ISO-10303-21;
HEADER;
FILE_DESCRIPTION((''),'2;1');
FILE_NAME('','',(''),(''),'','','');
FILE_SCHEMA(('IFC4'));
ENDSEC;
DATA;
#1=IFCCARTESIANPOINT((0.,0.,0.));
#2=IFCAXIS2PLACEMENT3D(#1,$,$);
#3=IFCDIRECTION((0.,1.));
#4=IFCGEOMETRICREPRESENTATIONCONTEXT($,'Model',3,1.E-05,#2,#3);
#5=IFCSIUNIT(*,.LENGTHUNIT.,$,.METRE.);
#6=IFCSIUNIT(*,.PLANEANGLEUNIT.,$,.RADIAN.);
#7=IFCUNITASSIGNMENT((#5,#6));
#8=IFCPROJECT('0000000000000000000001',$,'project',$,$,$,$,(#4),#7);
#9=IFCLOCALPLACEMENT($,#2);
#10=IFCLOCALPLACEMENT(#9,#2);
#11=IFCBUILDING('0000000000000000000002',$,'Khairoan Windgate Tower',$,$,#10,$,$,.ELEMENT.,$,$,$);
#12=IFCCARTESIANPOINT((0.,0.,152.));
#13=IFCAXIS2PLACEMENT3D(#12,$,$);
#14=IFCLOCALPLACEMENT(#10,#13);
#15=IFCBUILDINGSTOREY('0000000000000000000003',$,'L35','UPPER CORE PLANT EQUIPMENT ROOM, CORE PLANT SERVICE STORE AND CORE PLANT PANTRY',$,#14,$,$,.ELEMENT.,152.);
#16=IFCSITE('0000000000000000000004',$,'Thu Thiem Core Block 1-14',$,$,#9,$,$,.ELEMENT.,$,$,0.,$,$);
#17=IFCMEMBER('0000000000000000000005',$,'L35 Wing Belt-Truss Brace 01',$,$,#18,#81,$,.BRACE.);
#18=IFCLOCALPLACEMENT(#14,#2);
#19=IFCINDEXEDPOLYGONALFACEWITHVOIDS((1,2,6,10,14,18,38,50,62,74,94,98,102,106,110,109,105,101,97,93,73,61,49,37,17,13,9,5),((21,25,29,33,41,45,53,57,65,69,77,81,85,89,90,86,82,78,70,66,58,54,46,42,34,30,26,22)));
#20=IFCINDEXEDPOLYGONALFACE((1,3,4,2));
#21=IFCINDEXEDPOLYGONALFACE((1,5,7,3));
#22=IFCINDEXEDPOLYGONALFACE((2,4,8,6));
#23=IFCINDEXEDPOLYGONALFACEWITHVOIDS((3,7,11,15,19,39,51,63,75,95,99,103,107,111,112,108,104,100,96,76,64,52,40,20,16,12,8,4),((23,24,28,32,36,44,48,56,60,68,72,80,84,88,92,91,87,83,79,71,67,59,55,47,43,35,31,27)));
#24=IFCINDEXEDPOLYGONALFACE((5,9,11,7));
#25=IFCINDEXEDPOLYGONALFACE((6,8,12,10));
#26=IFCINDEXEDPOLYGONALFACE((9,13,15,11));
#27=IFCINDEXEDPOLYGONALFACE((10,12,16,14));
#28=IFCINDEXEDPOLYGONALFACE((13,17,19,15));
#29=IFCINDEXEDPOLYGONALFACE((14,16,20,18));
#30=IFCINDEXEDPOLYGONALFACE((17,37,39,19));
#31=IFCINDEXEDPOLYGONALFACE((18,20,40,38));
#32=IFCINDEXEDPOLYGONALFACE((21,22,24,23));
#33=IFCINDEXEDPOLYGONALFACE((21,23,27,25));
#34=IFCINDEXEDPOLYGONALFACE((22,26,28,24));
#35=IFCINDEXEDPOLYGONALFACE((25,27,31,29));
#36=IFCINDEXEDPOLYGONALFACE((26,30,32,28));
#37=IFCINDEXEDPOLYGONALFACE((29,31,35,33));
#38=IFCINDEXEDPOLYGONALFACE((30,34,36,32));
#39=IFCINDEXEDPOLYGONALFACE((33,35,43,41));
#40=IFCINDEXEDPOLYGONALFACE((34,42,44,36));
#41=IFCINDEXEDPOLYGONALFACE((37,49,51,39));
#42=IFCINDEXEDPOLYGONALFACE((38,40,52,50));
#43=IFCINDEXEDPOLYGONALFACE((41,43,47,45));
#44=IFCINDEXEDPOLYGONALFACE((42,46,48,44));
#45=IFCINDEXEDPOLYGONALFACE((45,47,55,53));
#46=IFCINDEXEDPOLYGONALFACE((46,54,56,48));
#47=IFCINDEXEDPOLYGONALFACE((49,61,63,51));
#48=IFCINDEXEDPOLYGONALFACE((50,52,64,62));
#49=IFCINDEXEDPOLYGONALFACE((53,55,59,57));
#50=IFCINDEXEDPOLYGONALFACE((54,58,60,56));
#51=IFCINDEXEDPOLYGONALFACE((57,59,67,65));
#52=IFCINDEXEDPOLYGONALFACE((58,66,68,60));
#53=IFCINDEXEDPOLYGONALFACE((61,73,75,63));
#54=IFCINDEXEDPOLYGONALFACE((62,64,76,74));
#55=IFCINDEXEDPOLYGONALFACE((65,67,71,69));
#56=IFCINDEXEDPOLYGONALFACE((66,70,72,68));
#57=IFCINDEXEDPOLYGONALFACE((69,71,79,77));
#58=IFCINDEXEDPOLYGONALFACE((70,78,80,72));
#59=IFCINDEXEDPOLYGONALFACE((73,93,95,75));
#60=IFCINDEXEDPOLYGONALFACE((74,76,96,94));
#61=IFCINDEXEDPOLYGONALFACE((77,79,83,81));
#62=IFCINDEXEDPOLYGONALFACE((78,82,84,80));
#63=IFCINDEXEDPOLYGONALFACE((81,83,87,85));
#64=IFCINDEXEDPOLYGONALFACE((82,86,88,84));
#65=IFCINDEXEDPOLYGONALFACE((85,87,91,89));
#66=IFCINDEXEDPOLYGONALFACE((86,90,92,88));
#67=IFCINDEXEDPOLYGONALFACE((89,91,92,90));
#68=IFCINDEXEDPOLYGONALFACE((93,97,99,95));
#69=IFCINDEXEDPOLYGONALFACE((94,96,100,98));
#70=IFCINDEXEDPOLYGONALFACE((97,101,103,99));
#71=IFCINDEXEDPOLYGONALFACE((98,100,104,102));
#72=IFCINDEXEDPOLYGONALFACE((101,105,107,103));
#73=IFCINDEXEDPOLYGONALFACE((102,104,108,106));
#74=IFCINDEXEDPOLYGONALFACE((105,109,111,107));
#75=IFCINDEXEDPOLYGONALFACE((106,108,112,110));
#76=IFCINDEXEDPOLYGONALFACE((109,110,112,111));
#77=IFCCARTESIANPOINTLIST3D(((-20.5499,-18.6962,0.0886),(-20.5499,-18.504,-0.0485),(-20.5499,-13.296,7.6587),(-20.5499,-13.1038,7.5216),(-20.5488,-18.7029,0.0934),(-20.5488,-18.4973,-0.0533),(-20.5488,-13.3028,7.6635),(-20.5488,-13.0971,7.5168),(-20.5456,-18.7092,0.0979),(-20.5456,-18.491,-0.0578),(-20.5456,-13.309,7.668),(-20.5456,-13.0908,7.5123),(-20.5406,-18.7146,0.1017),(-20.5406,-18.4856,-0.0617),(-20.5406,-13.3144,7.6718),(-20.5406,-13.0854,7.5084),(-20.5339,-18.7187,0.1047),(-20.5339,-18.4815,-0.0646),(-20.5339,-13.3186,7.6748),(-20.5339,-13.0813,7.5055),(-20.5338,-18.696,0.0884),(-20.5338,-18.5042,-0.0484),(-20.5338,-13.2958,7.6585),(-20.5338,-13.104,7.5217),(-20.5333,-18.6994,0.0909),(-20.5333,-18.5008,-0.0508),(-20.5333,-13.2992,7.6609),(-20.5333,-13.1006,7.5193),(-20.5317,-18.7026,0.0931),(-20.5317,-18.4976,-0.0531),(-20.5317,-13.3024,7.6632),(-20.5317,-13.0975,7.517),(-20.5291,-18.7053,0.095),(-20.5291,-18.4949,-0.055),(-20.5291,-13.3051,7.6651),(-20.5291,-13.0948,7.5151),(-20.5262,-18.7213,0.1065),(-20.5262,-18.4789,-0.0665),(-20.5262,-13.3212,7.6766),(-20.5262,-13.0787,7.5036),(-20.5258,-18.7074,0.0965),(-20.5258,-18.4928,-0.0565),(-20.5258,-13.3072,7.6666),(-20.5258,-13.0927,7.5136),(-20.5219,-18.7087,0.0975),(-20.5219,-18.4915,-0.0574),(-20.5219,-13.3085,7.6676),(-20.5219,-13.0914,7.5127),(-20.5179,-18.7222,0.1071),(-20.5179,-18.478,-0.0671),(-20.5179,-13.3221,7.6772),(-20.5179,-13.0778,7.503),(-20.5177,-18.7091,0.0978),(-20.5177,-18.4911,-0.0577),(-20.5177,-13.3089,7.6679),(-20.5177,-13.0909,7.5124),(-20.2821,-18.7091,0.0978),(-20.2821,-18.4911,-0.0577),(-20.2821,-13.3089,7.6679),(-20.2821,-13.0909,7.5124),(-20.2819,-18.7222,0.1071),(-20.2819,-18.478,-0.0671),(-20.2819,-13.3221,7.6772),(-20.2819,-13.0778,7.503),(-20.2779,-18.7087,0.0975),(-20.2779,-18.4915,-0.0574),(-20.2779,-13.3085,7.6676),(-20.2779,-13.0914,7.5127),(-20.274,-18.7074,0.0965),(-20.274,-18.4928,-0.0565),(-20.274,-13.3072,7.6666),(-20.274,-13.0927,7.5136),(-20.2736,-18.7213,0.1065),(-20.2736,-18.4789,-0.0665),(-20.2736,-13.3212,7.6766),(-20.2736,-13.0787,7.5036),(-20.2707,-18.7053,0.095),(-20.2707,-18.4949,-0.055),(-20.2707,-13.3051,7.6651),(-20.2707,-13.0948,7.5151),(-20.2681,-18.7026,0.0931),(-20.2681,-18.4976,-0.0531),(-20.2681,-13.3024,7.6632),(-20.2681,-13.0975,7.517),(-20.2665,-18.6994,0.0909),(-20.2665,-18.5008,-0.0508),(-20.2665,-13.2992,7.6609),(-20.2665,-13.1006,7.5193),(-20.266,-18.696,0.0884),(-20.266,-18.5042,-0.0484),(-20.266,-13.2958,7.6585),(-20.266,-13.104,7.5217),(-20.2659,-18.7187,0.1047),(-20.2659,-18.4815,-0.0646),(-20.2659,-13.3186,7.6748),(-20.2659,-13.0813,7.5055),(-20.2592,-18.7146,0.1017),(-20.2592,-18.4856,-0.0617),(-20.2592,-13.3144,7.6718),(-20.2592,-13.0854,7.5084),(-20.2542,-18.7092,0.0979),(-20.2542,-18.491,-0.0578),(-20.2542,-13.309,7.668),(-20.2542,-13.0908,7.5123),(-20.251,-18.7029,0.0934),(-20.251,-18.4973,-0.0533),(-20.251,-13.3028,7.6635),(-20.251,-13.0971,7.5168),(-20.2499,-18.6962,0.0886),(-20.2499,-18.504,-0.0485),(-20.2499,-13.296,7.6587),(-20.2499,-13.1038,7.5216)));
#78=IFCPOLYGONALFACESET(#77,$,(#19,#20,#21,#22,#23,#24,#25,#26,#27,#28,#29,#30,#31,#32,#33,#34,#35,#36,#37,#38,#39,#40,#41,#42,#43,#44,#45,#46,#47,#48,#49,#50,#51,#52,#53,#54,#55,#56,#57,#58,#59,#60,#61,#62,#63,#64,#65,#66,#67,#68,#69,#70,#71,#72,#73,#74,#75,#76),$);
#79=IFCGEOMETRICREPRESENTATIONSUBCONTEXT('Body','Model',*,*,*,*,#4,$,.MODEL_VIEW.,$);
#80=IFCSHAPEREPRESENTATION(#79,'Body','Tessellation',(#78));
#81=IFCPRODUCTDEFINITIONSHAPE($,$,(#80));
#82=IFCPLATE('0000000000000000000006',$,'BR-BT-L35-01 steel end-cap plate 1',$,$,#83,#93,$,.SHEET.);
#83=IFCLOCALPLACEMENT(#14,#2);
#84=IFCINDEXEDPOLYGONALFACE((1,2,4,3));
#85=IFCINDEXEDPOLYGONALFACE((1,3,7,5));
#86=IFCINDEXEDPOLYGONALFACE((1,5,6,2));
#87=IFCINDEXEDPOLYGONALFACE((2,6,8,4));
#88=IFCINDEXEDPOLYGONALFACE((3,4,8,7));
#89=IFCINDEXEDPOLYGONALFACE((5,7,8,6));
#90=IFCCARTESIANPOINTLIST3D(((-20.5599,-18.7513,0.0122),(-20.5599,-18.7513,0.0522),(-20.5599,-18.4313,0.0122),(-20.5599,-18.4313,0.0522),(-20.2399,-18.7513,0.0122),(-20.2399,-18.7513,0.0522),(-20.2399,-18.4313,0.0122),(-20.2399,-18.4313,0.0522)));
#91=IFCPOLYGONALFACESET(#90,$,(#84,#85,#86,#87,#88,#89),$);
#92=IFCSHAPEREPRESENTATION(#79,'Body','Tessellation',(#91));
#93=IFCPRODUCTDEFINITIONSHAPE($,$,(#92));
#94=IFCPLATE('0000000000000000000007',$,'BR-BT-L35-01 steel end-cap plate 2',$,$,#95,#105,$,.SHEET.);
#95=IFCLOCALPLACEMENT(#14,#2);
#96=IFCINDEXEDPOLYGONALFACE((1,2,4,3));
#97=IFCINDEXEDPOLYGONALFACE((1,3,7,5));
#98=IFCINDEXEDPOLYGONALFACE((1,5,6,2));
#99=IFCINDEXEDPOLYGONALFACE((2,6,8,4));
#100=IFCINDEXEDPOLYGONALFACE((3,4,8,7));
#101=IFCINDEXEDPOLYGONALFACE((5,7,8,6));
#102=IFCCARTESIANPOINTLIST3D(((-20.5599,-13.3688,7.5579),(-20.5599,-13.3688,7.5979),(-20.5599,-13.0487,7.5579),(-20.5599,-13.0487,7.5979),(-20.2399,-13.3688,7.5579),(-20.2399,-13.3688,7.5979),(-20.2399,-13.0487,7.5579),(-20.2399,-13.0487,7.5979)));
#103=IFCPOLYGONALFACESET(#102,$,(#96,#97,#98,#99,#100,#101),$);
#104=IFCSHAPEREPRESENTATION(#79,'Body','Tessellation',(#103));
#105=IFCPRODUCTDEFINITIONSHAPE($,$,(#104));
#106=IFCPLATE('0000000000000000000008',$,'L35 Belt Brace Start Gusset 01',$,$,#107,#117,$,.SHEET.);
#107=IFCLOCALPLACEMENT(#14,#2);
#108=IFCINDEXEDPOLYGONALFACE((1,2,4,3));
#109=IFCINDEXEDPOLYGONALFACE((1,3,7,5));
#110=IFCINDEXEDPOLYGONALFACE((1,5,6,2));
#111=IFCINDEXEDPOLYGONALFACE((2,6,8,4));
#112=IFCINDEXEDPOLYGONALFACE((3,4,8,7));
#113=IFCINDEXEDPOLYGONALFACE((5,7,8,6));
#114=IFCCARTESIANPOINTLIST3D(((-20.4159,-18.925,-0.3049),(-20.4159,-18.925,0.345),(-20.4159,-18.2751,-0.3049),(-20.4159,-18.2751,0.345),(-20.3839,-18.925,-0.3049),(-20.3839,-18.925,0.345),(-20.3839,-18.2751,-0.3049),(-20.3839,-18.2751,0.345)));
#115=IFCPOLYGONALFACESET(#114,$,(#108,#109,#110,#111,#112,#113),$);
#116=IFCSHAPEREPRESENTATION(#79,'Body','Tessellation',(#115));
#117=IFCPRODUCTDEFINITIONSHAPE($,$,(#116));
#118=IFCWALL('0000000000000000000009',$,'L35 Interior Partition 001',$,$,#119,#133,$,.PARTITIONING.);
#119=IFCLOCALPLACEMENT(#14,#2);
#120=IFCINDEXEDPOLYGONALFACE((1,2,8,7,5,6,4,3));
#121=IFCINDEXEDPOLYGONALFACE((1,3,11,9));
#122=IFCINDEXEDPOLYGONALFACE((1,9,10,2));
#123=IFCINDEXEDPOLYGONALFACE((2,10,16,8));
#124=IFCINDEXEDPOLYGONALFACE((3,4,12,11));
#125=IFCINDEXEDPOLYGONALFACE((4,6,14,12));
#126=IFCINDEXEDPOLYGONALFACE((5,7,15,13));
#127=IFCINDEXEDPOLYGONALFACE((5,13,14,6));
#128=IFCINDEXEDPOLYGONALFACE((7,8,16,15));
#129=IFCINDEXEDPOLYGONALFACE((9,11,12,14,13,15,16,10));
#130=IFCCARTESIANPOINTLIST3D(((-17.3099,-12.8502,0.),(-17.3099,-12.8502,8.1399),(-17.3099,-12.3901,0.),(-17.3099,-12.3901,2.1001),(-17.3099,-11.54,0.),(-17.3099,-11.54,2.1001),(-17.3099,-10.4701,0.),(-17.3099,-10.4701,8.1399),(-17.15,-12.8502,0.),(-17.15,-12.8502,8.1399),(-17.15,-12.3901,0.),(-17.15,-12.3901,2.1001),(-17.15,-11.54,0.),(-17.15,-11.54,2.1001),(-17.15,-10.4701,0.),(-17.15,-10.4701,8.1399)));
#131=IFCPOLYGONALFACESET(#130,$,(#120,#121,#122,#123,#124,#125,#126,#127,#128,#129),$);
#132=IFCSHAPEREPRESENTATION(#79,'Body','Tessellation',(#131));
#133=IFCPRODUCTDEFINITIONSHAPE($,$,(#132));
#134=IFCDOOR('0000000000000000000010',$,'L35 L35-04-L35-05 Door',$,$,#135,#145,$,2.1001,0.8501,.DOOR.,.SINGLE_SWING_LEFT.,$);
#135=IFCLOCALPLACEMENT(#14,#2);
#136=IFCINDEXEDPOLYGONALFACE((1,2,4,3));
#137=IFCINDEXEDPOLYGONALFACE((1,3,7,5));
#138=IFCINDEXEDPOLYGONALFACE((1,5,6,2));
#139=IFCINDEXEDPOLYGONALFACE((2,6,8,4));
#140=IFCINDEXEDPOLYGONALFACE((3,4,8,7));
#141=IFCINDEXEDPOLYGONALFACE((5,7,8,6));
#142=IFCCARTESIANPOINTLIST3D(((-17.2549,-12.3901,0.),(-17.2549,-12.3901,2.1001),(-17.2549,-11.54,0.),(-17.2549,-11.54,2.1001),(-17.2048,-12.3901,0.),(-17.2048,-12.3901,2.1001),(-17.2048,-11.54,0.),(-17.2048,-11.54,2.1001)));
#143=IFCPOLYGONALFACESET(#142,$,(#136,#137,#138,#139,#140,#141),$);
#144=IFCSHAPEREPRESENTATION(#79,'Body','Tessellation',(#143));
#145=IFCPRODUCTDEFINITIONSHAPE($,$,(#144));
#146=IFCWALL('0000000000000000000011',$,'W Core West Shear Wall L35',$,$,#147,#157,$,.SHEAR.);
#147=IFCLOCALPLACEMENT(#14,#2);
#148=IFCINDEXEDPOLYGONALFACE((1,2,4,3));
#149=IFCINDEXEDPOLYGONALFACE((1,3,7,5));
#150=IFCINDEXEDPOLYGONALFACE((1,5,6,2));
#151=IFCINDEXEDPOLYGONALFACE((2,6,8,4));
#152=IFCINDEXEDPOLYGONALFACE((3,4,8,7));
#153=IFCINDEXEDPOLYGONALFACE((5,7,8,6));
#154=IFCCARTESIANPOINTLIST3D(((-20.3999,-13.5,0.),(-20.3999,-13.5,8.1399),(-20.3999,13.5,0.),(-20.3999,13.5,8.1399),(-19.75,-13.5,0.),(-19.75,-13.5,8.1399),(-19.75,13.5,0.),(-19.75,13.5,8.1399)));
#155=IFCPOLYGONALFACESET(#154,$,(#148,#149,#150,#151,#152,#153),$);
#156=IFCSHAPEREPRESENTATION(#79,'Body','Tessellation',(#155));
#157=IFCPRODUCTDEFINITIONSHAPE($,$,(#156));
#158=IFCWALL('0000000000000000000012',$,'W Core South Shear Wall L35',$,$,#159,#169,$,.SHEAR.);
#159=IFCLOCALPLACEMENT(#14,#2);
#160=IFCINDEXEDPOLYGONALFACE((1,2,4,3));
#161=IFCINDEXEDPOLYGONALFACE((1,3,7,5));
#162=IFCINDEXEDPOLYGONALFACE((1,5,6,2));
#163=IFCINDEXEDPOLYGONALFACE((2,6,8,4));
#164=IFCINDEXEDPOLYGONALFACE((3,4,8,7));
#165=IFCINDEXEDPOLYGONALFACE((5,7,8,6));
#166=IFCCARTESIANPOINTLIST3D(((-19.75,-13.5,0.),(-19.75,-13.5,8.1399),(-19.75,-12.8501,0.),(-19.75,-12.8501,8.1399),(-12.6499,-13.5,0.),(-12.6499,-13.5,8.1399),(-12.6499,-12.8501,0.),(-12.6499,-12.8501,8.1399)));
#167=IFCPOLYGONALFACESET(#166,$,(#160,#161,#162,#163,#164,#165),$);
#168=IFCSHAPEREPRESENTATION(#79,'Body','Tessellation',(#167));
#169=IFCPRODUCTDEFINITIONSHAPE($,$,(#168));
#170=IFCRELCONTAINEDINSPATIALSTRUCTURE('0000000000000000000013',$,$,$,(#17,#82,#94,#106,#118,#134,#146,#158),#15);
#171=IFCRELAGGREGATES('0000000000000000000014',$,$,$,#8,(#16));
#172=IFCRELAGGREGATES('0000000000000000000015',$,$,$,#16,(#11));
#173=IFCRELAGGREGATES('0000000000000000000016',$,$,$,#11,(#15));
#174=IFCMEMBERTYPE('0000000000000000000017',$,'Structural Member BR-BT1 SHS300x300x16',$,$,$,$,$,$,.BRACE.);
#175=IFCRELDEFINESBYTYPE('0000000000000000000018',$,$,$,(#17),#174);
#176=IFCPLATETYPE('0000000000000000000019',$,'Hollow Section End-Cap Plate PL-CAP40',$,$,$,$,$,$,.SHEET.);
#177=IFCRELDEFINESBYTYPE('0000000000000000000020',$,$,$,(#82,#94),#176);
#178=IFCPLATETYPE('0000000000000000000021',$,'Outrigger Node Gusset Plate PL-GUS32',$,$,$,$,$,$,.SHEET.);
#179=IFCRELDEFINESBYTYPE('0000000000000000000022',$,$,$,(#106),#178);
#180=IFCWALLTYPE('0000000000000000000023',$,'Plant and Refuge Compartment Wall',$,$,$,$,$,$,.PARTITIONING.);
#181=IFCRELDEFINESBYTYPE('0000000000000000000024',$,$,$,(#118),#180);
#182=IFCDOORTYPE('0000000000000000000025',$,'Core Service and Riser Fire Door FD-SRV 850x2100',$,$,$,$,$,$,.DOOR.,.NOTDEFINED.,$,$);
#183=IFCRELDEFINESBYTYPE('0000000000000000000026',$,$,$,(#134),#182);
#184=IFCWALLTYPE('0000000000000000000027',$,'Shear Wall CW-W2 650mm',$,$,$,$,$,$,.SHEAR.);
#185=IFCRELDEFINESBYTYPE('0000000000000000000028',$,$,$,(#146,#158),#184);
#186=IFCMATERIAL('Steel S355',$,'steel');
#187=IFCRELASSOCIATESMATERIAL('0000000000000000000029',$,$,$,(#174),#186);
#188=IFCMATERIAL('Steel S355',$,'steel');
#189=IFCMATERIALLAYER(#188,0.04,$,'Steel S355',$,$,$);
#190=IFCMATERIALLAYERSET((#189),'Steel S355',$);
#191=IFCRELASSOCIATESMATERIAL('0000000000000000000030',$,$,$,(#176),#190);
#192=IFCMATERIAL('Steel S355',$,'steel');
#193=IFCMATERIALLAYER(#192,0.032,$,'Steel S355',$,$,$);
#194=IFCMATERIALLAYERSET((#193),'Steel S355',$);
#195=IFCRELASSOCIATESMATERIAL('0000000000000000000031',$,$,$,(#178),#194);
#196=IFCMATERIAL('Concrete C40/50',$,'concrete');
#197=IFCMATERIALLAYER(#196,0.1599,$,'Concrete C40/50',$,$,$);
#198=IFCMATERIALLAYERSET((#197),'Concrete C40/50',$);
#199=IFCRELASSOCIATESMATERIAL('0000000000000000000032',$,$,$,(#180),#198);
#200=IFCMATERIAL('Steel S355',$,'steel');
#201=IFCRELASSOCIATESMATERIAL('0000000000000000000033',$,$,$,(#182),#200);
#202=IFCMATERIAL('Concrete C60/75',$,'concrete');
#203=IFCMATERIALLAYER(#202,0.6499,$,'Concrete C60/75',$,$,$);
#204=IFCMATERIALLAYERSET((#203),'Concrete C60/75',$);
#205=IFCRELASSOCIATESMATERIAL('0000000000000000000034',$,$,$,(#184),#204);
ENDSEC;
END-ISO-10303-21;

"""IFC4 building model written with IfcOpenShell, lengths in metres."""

from ifc_helpers import new_model, si_unit, direction, frame, frame_2d, origin, origin_2d, place, context, subcontext, project, spatial, rectangle, hollow_rectangle, extrude, material, layer, layer_set, material_profile, profile_set, type_object, element, fill, save


model = new_model("IFC4")

# Units and contexts
model_context = context("Model", 3, precision=1e-05, world=origin(), true_north=direction((0.0, 1.0)))
body_context = subcontext(model_context, "Body", "Model", "MODEL_VIEW")
ifc_project = project(units=[si_unit("LENGTHUNIT", "METRE"), si_unit("PLANEANGLEUNIT", "RADIAN")], contexts=[model_context])

# Site, building, storey
site_placement = place(None, origin())
site = spatial("IfcSite", under=ifc_project, at=site_placement, Name="Thu Thiem Core Block 1-14", CompositionType="ELEMENT", RefElevation=0.0)
building_placement = place(site_placement, origin())
building = spatial("IfcBuilding", under=site, at=building_placement, Name="Khairoan Windgate Tower", CompositionType="ELEMENT")
storey_placement = place(building_placement, frame((0.0, 0.0, 152.0)))
storey = spatial("IfcBuildingStorey", under=building, at=storey_placement, Name="L35", Description="UPPER CORE PLANT EQUIPMENT ROOM, CORE PLANT SERVICE STORE AND CORE PLANT PANTRY", CompositionType="ELEMENT", Elevation=152.0)

# Member
ifc_material_1 = material(Name="Steel S355", Category="steel")
ifc_material_profile_1 = material_profile(ifc_material_1, hollow_rectangle(XDim=0.3, YDim=0.3, WallThickness=0.0161, InnerFilletRadius=0.0161, OuterFilletRadius=0.032, at=origin_2d()))
ifc_profile_set_1 = profile_set([ifc_material_profile_1], Name="Steel S355")
member_type = type_object("IfcMemberType", Name="Structural Member BR-BT1 SHS300x300x16", PredefinedType="BRACE", material=ifc_profile_set_1)
member_placement = place(storey_placement, frame((-20.3999, -18.6001, 0.02), z_axis=(0.0, 0.580736, 0.814092), x_axis=(0.0, -0.814092, 0.580736)))
element("IfcMember", 1, at=member_placement, inside=storey, type_object=member_type, Name="L35 Wing Belt-Truss Brace 01", PredefinedType="BRACE", context=body_context, shape_type="SweptSolid", body=[
    extrude(hollow_rectangle(XDim=0.3, YDim=0.3, WallThickness=0.0161, InnerFilletRadius=0.0161, OuterFilletRadius=0.032, at=origin_2d()), origin(), (0.0, 0.0, 1.0), 9.2988),
])

# Plates
ifc_material_2 = material(Name="Steel S355", Category="steel")
ifc_layer_1 = layer(ifc_material_2, 0.04, Name="Steel S355")
ifc_layer_set_1 = layer_set([ifc_layer_1], Name="Steel S355")
plate_type_1 = type_object("IfcPlateType", Name="Hollow Section End-Cap Plate PL-CAP40", PredefinedType="SHEET", material=ifc_layer_set_1)
for number, where, z_axis, x_axis, name in (
    (2, (-20.3999, -18.5913, 0.0122), (0.0, 0.0, 1.0), (0.0, 1.0, 0.0), "BR-BT-L35-01 steel end-cap plate 1"),
    (3, (-20.3999, -13.2087, 7.5579), (0.0, 0.0, 1.0), (0.0, 1.0, 0.0), "BR-BT-L35-01 steel end-cap plate 2"),
):
    element("IfcPlate", number, at=place(storey_placement, frame(where, z_axis=z_axis, x_axis=x_axis)), inside=storey, type_object=plate_type_1, Name=name, PredefinedType="SHEET", context=body_context, shape_type="SweptSolid", body=[
        extrude(rectangle(XDim=0.3201, YDim=0.3201, at=origin_2d()), origin(), (0.0, 0.0, 1.0), 0.04),
    ])
ifc_material_3 = material(Name="Steel S355", Category="steel")
ifc_layer_2 = layer(ifc_material_3, 0.032, Name="Steel S355")
ifc_layer_set_2 = layer_set([ifc_layer_2], Name="Steel S355")
plate_type_2 = type_object("IfcPlateType", Name="Outrigger Node Gusset Plate PL-GUS32", PredefinedType="SHEET", material=ifc_layer_set_2)
plate_placement = place(storey_placement, frame((-20.3999, -18.6001, -0.3049), z_axis=(0.0, 0.0, 1.0), x_axis=(1.0, 0.0, 0.0)))
element("IfcPlate", 4, at=plate_placement, inside=storey, type_object=plate_type_2, Name="L35 Belt Brace Start Gusset 01", PredefinedType="SHEET", context=body_context, shape_type="SweptSolid", body=[
    extrude(rectangle(XDim=0.032, YDim=0.6499, at=origin_2d()), origin(), (0.0, 0.0, 1.0), 0.6499),
])

# Wall, opening, door
ifc_material_4 = material(Name="Concrete C40/50", Category="concrete")
ifc_layer_3 = layer(ifc_material_4, 0.1599, Name="Concrete C40/50")
ifc_layer_set_3 = layer_set([ifc_layer_3], Name="Concrete C40/50")
wall_type_1 = type_object("IfcWallType", Name="Plant and Refuge Compartment Wall", PredefinedType="PARTITIONING", material=ifc_layer_set_3)
wall_1_placement = place(storey_placement, frame((-17.23, -12.8501, 0.0), z_axis=(0.0, 0.0, 1.0), x_axis=(0.0, 1.0, 0.0)))
wall_1 = element("IfcWall", 5, at=wall_1_placement, inside=storey, type_object=wall_type_1, Name="L35 Interior Partition 001", PredefinedType="PARTITIONING", context=body_context, shape_type="SweptSolid", body=[
    extrude(rectangle(XDim=2.3801, YDim=0.1599, at=frame_2d((1.1899, 0.0))), origin(), (0.0, 0.0, 1.0), 8.1399),
])
opening_placement = place(wall_1_placement, frame((0.46, 0.0, 0.0)))
opening = element("IfcOpeningElement", 6, at=opening_placement, cuts=wall_1, PredefinedType="OPENING", context=body_context, shape_type="SweptSolid", body=[
    extrude(rectangle(XDim=0.8501, YDim=2.1001, at=frame_2d((0.425, 1.05))), frame((0.0, 0.0898, 0.0), z_axis=(0.0, -1.0, 0.0), x_axis=(1.0, 0.0, 0.0)), (0.0, 0.0, 1.0), 0.1799),
])
ifc_material_5 = material(Name="Steel S355", Category="steel")
door_type = type_object("IfcDoorType", Name="Core Service and Riser Fire Door FD-SRV 850x2100", OperationType="NOTDEFINED", PredefinedType="DOOR", material=ifc_material_5)
door_placement = place(opening_placement, origin())
door = element("IfcDoor", 7, at=door_placement, inside=storey, type_object=door_type, Name="L35 L35-04-L35-05 Door", OperationType="SINGLE_SWING_LEFT", OverallHeight=2.1001, OverallWidth=0.8501, PredefinedType="DOOR", context=body_context, shape_type="SweptSolid", body=[
    extrude(rectangle(XDim=0.8501, YDim=2.1001, at=frame_2d((0.425, 1.05))), frame((0.0, 0.0249, 0.0), z_axis=(0.0, -1.0, 0.0), x_axis=(1.0, 0.0, 0.0)), (0.0, 0.0, 1.0), 0.05),
])
fill(opening, door)

# Walls
ifc_material_6 = material(Name="Concrete C60/75", Category="concrete")
ifc_layer_4 = layer(ifc_material_6, 0.6499, Name="Concrete C60/75")
ifc_layer_set_4 = layer_set([ifc_layer_4], Name="Concrete C60/75")
wall_type_2 = type_object("IfcWallType", Name="Shear Wall CW-W2 650mm", PredefinedType="SHEAR", material=ifc_layer_set_4)
wall_2_placement = place(storey_placement, frame((-20.075, -13.5, 0.0), z_axis=(0.0, 0.0, 1.0), x_axis=(0.0, 1.0, 0.0)))
element("IfcWall", 8, at=wall_2_placement, inside=storey, type_object=wall_type_2, Name="W Core West Shear Wall L35", PredefinedType="SHEAR", context=body_context, shape_type="SweptSolid", body=[
    extrude(rectangle(XDim=27.0, YDim=0.6499, at=frame_2d((13.5, 0.0))), origin(), (0.0, 0.0, 1.0), 8.1399),
])
wall_3_placement = place(storey_placement, frame((-19.75, -13.175, 0.0), z_axis=(0.0, 0.0, 1.0), x_axis=(1.0, 0.0, 0.0)))
element("IfcWall", 9, at=wall_3_placement, inside=storey, type_object=wall_type_2, Name="W Core South Shear Wall L35", PredefinedType="SHEAR", context=body_context, shape_type="SweptSolid", body=[
    extrude(rectangle(XDim=7.1001, YDim=0.6499, at=frame_2d((3.55, 0.0))), origin(), (0.0, 0.0, 1.0), 8.1399),
])

save(model, "model.ifc")
